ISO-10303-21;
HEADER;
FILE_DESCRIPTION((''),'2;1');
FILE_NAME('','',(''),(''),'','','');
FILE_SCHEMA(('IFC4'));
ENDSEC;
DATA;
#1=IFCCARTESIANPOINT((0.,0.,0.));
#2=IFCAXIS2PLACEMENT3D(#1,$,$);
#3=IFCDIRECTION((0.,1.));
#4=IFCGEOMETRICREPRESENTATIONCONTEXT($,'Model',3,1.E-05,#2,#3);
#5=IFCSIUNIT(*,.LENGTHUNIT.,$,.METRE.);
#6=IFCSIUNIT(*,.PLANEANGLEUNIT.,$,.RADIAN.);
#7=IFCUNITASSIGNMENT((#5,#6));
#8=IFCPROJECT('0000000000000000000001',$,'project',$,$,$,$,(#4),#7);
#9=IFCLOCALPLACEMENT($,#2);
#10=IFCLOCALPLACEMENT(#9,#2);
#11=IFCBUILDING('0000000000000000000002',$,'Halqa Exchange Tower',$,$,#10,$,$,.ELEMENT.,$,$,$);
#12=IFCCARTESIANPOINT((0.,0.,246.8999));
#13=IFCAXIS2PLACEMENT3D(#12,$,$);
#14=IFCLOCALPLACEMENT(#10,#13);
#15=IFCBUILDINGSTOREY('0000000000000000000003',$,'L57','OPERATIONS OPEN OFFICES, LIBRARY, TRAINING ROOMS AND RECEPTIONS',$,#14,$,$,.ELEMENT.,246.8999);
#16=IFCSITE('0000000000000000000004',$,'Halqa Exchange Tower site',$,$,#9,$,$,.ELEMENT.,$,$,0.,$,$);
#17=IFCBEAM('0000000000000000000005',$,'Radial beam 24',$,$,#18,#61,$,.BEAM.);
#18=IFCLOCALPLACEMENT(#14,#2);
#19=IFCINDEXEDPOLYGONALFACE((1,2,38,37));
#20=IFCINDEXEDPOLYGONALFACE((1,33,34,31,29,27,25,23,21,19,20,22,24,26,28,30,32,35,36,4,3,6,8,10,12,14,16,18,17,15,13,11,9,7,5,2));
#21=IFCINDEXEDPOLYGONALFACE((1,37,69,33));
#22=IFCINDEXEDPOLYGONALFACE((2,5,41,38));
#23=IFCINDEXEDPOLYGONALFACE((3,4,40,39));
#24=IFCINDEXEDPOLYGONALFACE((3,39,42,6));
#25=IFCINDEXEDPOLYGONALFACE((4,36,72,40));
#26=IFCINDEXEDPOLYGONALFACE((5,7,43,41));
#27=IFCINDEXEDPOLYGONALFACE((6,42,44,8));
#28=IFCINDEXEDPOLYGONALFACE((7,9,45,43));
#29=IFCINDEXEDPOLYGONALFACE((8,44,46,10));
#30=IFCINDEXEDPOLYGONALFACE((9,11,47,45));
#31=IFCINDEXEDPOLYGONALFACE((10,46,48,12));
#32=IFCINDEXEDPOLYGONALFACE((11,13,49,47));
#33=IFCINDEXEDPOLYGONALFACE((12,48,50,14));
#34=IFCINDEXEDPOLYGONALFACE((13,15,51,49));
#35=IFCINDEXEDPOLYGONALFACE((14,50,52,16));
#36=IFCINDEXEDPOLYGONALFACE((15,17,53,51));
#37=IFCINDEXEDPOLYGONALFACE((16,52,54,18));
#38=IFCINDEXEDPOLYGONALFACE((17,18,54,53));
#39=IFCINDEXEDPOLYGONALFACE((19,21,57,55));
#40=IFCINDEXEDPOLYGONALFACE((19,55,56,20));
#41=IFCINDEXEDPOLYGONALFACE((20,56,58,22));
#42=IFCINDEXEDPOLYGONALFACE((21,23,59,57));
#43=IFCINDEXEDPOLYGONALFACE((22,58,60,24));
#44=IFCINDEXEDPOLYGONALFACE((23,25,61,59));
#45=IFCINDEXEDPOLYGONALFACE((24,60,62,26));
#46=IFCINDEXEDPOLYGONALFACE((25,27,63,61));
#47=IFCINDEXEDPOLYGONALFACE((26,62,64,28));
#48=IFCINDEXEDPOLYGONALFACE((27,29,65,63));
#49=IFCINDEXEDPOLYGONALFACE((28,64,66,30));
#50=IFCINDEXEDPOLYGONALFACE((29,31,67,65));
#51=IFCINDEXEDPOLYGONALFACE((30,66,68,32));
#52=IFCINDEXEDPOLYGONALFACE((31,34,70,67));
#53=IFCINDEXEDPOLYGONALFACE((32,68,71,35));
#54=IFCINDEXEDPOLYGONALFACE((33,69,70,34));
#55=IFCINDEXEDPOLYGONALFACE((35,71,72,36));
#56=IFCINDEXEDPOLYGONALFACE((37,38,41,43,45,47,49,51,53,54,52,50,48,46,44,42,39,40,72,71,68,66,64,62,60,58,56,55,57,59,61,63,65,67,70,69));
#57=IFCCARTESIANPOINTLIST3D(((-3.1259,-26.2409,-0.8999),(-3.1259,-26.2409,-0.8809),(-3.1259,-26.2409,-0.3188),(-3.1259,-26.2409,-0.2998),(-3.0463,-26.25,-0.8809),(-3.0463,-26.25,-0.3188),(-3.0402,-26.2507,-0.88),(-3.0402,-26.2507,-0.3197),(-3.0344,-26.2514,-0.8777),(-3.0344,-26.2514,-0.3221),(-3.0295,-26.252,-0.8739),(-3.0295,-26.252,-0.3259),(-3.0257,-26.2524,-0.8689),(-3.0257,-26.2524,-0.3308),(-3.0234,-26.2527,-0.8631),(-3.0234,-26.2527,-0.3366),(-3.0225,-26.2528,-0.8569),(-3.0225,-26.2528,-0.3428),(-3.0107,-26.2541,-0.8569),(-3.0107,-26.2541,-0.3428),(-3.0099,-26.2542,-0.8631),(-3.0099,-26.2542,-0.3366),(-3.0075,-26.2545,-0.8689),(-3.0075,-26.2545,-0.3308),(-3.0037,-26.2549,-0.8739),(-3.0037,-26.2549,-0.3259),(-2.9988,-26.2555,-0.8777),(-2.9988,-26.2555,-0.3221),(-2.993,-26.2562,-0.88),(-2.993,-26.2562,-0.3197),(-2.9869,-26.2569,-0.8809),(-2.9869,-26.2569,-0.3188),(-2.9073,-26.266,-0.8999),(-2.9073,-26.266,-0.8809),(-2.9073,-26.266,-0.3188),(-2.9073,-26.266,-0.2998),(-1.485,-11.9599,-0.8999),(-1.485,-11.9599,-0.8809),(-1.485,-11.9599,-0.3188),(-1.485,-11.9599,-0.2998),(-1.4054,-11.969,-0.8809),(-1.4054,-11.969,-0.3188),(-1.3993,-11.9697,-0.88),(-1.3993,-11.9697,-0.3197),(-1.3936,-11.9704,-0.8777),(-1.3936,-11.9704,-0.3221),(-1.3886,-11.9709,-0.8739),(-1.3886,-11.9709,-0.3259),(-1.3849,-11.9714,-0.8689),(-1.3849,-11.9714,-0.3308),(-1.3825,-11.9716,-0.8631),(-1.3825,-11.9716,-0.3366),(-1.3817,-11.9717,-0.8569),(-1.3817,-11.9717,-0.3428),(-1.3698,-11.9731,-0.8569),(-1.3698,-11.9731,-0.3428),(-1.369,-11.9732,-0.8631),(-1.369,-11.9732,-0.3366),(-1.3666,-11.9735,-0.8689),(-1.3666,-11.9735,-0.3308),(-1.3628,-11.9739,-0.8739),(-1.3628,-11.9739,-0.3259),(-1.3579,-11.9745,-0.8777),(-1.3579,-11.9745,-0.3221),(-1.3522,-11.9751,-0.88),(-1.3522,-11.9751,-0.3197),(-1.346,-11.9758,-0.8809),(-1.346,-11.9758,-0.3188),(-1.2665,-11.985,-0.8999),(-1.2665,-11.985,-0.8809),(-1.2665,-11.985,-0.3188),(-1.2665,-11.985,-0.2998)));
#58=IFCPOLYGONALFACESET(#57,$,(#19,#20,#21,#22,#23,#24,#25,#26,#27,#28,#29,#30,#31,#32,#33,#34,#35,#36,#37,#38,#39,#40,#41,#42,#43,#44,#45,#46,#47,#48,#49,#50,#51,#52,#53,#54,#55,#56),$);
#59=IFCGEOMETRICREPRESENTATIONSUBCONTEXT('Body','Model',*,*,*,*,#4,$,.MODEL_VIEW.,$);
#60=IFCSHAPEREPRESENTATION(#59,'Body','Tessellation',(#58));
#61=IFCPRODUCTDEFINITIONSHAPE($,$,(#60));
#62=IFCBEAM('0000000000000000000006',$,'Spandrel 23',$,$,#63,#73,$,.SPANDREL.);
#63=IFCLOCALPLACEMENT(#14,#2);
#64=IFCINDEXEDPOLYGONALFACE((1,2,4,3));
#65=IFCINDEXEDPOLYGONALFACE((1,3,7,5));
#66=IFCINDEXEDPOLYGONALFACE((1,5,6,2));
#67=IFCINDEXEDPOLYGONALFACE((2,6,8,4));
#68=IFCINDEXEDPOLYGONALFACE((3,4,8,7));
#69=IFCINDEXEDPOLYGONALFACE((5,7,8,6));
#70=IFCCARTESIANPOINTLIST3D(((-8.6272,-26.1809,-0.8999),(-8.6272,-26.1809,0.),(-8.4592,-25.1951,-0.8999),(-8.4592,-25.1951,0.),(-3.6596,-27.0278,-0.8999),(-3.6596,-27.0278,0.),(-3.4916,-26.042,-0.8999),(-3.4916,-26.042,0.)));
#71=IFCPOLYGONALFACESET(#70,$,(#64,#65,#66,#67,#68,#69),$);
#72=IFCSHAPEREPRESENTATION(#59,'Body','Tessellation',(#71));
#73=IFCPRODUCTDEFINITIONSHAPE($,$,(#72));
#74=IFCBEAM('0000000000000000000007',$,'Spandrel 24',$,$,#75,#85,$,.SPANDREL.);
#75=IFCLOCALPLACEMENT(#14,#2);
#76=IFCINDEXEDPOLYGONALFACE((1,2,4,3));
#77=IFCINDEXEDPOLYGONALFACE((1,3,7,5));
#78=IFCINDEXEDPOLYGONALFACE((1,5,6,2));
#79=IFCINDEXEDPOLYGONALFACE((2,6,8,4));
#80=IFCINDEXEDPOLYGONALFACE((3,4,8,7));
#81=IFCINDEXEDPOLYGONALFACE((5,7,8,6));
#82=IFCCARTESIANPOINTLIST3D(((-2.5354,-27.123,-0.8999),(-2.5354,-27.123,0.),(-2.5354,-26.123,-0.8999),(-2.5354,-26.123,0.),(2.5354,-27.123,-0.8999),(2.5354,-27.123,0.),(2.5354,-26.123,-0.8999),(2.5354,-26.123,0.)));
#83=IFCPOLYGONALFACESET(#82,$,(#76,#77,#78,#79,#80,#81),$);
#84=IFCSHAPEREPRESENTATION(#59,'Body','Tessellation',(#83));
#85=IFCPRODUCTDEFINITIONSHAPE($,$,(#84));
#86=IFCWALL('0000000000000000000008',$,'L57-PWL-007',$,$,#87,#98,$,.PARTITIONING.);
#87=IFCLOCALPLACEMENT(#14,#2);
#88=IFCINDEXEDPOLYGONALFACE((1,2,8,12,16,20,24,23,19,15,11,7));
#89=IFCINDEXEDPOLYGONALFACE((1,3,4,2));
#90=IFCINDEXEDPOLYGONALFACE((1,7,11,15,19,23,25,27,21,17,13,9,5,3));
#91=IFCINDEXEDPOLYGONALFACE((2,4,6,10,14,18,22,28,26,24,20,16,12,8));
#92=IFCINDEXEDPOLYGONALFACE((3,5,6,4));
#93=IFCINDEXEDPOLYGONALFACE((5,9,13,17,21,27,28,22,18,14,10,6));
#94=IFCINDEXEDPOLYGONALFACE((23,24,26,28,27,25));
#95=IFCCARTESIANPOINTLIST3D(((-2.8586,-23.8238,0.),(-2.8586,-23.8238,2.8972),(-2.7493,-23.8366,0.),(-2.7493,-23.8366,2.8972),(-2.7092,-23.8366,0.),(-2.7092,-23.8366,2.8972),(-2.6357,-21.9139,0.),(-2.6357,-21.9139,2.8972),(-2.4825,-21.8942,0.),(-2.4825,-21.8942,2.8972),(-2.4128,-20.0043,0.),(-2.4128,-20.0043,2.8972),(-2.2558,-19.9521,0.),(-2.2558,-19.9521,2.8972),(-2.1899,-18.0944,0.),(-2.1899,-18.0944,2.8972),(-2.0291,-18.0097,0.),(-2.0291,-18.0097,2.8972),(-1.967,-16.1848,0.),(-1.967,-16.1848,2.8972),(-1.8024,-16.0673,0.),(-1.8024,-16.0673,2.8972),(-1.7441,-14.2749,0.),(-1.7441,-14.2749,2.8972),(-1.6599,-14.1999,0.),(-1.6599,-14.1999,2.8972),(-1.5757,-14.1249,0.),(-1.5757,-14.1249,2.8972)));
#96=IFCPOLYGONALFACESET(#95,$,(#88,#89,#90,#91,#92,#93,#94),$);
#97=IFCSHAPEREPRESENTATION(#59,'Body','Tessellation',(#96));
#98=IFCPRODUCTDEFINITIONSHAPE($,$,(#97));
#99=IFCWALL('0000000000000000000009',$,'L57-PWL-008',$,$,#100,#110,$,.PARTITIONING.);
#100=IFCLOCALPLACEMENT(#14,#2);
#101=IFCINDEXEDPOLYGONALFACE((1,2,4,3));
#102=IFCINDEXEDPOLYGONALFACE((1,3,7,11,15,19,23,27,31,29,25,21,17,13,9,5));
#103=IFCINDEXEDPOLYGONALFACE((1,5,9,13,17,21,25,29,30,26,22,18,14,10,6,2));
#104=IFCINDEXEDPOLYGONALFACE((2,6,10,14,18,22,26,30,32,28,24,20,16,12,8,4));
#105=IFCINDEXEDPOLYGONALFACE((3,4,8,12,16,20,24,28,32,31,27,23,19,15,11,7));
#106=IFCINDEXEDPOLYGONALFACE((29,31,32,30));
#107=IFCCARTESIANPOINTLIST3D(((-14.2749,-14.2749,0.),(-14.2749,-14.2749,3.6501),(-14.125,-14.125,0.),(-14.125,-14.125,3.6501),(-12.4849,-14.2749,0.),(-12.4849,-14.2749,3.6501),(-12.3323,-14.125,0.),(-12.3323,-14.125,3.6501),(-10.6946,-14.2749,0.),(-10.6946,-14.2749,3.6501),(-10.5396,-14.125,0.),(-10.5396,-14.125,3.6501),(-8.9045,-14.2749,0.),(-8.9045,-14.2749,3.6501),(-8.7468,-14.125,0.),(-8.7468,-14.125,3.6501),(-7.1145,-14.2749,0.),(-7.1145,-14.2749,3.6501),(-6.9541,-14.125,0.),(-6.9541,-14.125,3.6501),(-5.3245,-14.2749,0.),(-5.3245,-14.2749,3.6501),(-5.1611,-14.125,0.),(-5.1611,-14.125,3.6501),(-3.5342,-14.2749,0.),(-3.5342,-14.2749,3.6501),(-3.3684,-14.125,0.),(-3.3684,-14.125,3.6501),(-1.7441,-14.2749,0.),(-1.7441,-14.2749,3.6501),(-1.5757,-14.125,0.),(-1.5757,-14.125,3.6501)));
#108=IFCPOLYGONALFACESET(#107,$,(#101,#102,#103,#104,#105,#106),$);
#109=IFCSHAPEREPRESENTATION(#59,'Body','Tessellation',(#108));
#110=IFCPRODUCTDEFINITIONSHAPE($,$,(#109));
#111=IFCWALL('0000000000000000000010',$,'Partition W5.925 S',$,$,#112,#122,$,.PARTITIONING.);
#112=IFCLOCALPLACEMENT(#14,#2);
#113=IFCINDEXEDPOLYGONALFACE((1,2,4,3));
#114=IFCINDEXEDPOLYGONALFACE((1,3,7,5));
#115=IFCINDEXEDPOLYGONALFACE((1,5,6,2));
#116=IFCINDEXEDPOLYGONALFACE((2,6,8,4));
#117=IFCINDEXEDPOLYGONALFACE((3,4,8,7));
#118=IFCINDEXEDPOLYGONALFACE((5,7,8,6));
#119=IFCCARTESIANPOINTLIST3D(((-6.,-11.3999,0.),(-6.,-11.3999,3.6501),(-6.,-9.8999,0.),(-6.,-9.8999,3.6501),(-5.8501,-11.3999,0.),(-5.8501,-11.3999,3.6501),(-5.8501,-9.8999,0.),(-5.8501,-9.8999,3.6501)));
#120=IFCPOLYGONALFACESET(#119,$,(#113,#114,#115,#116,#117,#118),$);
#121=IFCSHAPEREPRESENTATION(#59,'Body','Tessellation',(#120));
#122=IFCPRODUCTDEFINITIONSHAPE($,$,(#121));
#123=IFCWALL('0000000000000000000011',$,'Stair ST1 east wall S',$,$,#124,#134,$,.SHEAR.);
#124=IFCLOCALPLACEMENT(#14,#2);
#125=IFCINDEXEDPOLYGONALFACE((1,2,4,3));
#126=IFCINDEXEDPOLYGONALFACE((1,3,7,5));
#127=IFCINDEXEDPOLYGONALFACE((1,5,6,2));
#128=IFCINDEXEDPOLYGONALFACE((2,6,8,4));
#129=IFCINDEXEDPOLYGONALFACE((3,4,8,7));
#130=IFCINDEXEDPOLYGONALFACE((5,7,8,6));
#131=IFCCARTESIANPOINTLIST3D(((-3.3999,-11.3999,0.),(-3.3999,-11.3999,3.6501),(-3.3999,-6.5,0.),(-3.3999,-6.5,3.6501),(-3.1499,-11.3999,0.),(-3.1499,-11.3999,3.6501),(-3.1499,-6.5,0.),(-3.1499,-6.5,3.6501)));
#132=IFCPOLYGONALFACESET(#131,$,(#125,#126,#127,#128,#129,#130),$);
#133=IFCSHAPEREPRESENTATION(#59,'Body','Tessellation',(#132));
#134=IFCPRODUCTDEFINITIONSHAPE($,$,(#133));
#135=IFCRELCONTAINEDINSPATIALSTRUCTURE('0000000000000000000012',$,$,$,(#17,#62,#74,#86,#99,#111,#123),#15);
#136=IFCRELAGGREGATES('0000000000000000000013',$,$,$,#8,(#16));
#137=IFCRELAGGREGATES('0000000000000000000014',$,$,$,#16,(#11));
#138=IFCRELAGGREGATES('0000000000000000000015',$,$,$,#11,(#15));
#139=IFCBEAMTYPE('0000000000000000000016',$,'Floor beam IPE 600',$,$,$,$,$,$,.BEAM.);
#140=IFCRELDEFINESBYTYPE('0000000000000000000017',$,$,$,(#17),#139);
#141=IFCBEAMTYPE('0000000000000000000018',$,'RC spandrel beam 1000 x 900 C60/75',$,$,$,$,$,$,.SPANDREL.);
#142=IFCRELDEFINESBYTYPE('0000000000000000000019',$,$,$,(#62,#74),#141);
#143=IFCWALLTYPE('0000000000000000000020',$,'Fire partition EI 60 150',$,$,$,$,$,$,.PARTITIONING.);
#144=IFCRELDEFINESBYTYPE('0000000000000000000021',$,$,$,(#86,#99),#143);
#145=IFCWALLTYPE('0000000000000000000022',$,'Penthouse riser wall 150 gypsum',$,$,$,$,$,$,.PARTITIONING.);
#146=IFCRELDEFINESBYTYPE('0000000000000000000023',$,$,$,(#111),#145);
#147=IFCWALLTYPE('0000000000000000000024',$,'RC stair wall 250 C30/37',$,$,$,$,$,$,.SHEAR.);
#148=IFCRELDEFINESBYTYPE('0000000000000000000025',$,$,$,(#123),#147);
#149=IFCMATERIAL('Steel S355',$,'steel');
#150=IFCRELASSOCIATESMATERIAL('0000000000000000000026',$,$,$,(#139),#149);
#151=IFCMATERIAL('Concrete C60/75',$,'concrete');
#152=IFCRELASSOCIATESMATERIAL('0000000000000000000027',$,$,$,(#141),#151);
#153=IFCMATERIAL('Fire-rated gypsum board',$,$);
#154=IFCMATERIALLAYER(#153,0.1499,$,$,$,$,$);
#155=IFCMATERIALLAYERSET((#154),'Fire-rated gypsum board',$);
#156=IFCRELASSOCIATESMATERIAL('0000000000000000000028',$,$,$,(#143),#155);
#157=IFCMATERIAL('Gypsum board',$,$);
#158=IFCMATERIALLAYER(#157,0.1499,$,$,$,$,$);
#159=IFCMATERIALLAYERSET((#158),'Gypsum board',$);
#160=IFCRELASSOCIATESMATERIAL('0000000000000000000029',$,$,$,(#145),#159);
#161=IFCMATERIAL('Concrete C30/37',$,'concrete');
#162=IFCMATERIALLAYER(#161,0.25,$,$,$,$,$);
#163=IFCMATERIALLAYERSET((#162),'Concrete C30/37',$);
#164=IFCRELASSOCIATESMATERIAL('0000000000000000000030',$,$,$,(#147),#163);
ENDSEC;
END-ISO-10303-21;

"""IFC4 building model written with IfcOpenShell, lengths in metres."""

from ifc_helpers import new_model, si_unit, direction, frame, frame_2d, origin, origin_2d, place, context, subcontext, project, spatial, polyline, rectangle, i_section, outline, extrude, material, layer, layer_set, material_profile, profile_set, type_object, element, save


model = new_model("IFC4")

# Units and contexts
model_context = context("Model", 3, precision=1e-05, world=origin(), true_north=direction((0.0, 1.0)))
body_context = subcontext(model_context, "Body", "Model", "MODEL_VIEW")
ifc_project = project(units=[si_unit("LENGTHUNIT", "METRE"), si_unit("PLANEANGLEUNIT", "RADIAN")], contexts=[model_context])

# Site, building, storey
site_placement = place(None, origin())
site = spatial("IfcSite", under=ifc_project, at=site_placement, Name="Halqa Exchange Tower site", CompositionType="ELEMENT", RefElevation=0.0)
building_placement = place(site_placement, origin())
building = spatial("IfcBuilding", under=site, at=building_placement, Name="Halqa Exchange Tower", CompositionType="ELEMENT")
storey_placement = place(building_placement, frame((0.0, 0.0, 246.8999)))
storey = spatial("IfcBuildingStorey", under=building, at=storey_placement, Name="L57", Description="OPERATIONS OPEN OFFICES, LIBRARY, TRAINING ROOMS AND RECEPTIONS", CompositionType="ELEMENT", Elevation=246.8999)

# Shared definitions
ifc_material_1 = material(Name="Concrete C60/75", Category="concrete")

# Beams
ifc_material_2 = material(Name="Steel S355", Category="steel")
ifc_material_profile_1 = material_profile(ifc_material_2, i_section(OverallWidth=0.22, OverallDepth=0.6001, WebThickness=0.012, FlangeThickness=0.019, FilletRadius=0.0239, at=origin_2d()), Name="IPE 600")
ifc_profile_set_1 = profile_set([ifc_material_profile_1], Name="Steel S355")
beam_type_1 = type_object("IfcBeamType", Name="Floor beam IPE 600", PredefinedType="BEAM", material=ifc_profile_set_1)
beam_1_placement = place(storey_placement, frame((-1.3757, -11.9724, -0.5999), z_axis=(-0.114148, -0.993464, 0.0), x_axis=(0.993464, -0.114148, 0.0)))
element("IfcBeam", 1, at=beam_1_placement, inside=storey, type_object=beam_type_1, Name="Radial beam 24", PredefinedType="BEAM", context=body_context, shape_type="SweptSolid", body=[
    extrude(i_section(OverallWidth=0.22, OverallDepth=0.6001, WebThickness=0.012, FlangeThickness=0.019, FilletRadius=0.0239, at=origin_2d()), origin(), (0.0, 0.0, 1.0), 14.375),
])
ifc_material_profile_2 = material_profile(ifc_material_1, rectangle(XDim=1.0, YDim=0.8999, at=origin_2d()), Name="1000 x 900")
ifc_profile_set_2 = profile_set([ifc_material_profile_2], Name="Concrete C60/75")
beam_type_2 = type_object("IfcBeamType", Name="RC spandrel beam 1000 x 900 C60/75", PredefinedType="SPANDREL", material=ifc_profile_set_2)
beam_2_placement = place(storey_placement, frame((-8.5432, -25.688, -0.45), z_axis=(0.985776, -0.168067, 0.0), x_axis=(0.168067, 0.985776, 0.0)))
element("IfcBeam", 2, at=beam_2_placement, inside=storey, type_object=beam_type_2, Name="Spandrel 23", PredefinedType="SPANDREL", context=body_context, shape_type="SweptSolid", body=[
    extrude(rectangle(XDim=1.0, YDim=0.8999, at=origin_2d()), origin(), (0.0, 0.0, 1.0), 5.0393),
])
beam_3_placement = place(storey_placement, frame((-2.5354, -26.623, -0.45), z_axis=(1.0, 0.0, 0.0), x_axis=(0.0, 1.0, 0.0)))
element("IfcBeam", 3, at=beam_3_placement, inside=storey, type_object=beam_type_2, Name="Spandrel 24", PredefinedType="SPANDREL", context=body_context, shape_type="SweptSolid", body=[
    extrude(rectangle(XDim=1.0, YDim=0.8999, at=origin_2d()), origin(), (0.0, 0.0, 1.0), 5.0708),
])

# Walls
ifc_material_3 = material(Name="Fire-rated gypsum board")
ifc_layer_1 = layer(ifc_material_3, 0.1499)
ifc_layer_set_1 = layer_set([ifc_layer_1], Name="Fire-rated gypsum board")
wall_type_1 = type_object("IfcWallType", Name="Fire partition EI 60 150", PredefinedType="PARTITIONING", material=ifc_layer_set_1)
wall_1_placement = place(storey_placement, frame((-2.7842, -23.8325, 0.0), z_axis=(0.0, 0.0, 1.0), x_axis=(0.115927, 0.993258, 0.0)))
element("IfcWall", 4, at=wall_1_placement, inside=storey, type_object=wall_type_1, Name="L57-PWL-007", PredefinedType="PARTITIONING", context=body_context, shape_type="SweptSolid", body=[
    extrude(outline(polyline([(0.0046, -0.075), (1.9602, -0.075), (3.9155, -0.075), (5.8711, -0.075), (7.8267, -0.075), (9.7822, -0.075), (9.698, 0.0), (9.6138, 0.075), (7.6909, 0.075), (5.7683, 0.075), (3.8455, 0.075), (1.9229, 0.075), (0.0, 0.075), (0.0, -0.0352), (0.0046, -0.075)])), origin(), (0.0, 0.0, 1.0), 2.8972),
])
wall_2_placement = place(storey_placement, frame((-1.5757, -14.2, 0.0), z_axis=(0.0, 0.0, 1.0), x_axis=(-1.0, 0.0, 0.0)))
element("IfcWall", 5, at=wall_2_placement, inside=storey, type_object=wall_type_1, Name="L57-PWL-008", PredefinedType="PARTITIONING", context=body_context, shape_type="SweptSolid", body=[
    extrude(outline(polyline([(0.0, -0.075), (1.7927, -0.075), (3.5854, -0.075), (5.3784, -0.075), (7.1711, -0.075), (8.9639, -0.075), (10.7566, -0.075), (12.5493, -0.075), (12.6992, 0.075), (10.9092, 0.075), (9.1189, 0.075), (7.3289, 0.075), (5.5388, 0.075), (3.7488, 0.075), (1.9585, 0.075), (0.1685, 0.075), (0.0, -0.075)])), origin(), (0.0, 0.0, 1.0), 3.6501),
])
ifc_material_4 = material(Name="Gypsum board")
ifc_layer_2 = layer(ifc_material_4, 0.1499)
ifc_layer_set_2 = layer_set([ifc_layer_2], Name="Gypsum board")
wall_type_2 = type_object("IfcWallType", Name="Penthouse riser wall 150 gypsum", PredefinedType="PARTITIONING", material=ifc_layer_set_2)
wall_3_placement = place(storey_placement, frame((-5.925, -11.3999, 0.0), z_axis=(0.0, 0.0, 1.0), x_axis=(0.0, 1.0, 0.0)))
element("IfcWall", 6, at=wall_3_placement, inside=storey, type_object=wall_type_2, Name="Partition W5.925 S", PredefinedType="PARTITIONING", context=body_context, shape_type="SweptSolid", body=[
    extrude(rectangle(XDim=1.5, YDim=0.1499, at=frame_2d((0.75, 0.0))), origin(), (0.0, 0.0, 1.0), 3.6501),
])
ifc_material_5 = material(Name="Concrete C30/37", Category="concrete")
ifc_layer_3 = layer(ifc_material_5, 0.25)
ifc_layer_set_3 = layer_set([ifc_layer_3], Name="Concrete C30/37")
wall_type_3 = type_object("IfcWallType", Name="RC stair wall 250 C30/37", PredefinedType="SHEAR", material=ifc_layer_set_3)
wall_4_placement = place(storey_placement, frame((-3.2749, -11.3999, 0.0), z_axis=(0.0, 0.0, 1.0), x_axis=(0.0, 1.0, 0.0)))
element("IfcWall", 7, at=wall_4_placement, inside=storey, type_object=wall_type_3, Name="Stair ST1 east wall S", PredefinedType="SHEAR", context=body_context, shape_type="SweptSolid", body=[
    extrude(rectangle(XDim=4.8999, YDim=0.25, at=frame_2d((2.45, 0.0))), origin(), (0.0, 0.0, 1.0), 3.6501),
])

save(model, "model.ifc")
